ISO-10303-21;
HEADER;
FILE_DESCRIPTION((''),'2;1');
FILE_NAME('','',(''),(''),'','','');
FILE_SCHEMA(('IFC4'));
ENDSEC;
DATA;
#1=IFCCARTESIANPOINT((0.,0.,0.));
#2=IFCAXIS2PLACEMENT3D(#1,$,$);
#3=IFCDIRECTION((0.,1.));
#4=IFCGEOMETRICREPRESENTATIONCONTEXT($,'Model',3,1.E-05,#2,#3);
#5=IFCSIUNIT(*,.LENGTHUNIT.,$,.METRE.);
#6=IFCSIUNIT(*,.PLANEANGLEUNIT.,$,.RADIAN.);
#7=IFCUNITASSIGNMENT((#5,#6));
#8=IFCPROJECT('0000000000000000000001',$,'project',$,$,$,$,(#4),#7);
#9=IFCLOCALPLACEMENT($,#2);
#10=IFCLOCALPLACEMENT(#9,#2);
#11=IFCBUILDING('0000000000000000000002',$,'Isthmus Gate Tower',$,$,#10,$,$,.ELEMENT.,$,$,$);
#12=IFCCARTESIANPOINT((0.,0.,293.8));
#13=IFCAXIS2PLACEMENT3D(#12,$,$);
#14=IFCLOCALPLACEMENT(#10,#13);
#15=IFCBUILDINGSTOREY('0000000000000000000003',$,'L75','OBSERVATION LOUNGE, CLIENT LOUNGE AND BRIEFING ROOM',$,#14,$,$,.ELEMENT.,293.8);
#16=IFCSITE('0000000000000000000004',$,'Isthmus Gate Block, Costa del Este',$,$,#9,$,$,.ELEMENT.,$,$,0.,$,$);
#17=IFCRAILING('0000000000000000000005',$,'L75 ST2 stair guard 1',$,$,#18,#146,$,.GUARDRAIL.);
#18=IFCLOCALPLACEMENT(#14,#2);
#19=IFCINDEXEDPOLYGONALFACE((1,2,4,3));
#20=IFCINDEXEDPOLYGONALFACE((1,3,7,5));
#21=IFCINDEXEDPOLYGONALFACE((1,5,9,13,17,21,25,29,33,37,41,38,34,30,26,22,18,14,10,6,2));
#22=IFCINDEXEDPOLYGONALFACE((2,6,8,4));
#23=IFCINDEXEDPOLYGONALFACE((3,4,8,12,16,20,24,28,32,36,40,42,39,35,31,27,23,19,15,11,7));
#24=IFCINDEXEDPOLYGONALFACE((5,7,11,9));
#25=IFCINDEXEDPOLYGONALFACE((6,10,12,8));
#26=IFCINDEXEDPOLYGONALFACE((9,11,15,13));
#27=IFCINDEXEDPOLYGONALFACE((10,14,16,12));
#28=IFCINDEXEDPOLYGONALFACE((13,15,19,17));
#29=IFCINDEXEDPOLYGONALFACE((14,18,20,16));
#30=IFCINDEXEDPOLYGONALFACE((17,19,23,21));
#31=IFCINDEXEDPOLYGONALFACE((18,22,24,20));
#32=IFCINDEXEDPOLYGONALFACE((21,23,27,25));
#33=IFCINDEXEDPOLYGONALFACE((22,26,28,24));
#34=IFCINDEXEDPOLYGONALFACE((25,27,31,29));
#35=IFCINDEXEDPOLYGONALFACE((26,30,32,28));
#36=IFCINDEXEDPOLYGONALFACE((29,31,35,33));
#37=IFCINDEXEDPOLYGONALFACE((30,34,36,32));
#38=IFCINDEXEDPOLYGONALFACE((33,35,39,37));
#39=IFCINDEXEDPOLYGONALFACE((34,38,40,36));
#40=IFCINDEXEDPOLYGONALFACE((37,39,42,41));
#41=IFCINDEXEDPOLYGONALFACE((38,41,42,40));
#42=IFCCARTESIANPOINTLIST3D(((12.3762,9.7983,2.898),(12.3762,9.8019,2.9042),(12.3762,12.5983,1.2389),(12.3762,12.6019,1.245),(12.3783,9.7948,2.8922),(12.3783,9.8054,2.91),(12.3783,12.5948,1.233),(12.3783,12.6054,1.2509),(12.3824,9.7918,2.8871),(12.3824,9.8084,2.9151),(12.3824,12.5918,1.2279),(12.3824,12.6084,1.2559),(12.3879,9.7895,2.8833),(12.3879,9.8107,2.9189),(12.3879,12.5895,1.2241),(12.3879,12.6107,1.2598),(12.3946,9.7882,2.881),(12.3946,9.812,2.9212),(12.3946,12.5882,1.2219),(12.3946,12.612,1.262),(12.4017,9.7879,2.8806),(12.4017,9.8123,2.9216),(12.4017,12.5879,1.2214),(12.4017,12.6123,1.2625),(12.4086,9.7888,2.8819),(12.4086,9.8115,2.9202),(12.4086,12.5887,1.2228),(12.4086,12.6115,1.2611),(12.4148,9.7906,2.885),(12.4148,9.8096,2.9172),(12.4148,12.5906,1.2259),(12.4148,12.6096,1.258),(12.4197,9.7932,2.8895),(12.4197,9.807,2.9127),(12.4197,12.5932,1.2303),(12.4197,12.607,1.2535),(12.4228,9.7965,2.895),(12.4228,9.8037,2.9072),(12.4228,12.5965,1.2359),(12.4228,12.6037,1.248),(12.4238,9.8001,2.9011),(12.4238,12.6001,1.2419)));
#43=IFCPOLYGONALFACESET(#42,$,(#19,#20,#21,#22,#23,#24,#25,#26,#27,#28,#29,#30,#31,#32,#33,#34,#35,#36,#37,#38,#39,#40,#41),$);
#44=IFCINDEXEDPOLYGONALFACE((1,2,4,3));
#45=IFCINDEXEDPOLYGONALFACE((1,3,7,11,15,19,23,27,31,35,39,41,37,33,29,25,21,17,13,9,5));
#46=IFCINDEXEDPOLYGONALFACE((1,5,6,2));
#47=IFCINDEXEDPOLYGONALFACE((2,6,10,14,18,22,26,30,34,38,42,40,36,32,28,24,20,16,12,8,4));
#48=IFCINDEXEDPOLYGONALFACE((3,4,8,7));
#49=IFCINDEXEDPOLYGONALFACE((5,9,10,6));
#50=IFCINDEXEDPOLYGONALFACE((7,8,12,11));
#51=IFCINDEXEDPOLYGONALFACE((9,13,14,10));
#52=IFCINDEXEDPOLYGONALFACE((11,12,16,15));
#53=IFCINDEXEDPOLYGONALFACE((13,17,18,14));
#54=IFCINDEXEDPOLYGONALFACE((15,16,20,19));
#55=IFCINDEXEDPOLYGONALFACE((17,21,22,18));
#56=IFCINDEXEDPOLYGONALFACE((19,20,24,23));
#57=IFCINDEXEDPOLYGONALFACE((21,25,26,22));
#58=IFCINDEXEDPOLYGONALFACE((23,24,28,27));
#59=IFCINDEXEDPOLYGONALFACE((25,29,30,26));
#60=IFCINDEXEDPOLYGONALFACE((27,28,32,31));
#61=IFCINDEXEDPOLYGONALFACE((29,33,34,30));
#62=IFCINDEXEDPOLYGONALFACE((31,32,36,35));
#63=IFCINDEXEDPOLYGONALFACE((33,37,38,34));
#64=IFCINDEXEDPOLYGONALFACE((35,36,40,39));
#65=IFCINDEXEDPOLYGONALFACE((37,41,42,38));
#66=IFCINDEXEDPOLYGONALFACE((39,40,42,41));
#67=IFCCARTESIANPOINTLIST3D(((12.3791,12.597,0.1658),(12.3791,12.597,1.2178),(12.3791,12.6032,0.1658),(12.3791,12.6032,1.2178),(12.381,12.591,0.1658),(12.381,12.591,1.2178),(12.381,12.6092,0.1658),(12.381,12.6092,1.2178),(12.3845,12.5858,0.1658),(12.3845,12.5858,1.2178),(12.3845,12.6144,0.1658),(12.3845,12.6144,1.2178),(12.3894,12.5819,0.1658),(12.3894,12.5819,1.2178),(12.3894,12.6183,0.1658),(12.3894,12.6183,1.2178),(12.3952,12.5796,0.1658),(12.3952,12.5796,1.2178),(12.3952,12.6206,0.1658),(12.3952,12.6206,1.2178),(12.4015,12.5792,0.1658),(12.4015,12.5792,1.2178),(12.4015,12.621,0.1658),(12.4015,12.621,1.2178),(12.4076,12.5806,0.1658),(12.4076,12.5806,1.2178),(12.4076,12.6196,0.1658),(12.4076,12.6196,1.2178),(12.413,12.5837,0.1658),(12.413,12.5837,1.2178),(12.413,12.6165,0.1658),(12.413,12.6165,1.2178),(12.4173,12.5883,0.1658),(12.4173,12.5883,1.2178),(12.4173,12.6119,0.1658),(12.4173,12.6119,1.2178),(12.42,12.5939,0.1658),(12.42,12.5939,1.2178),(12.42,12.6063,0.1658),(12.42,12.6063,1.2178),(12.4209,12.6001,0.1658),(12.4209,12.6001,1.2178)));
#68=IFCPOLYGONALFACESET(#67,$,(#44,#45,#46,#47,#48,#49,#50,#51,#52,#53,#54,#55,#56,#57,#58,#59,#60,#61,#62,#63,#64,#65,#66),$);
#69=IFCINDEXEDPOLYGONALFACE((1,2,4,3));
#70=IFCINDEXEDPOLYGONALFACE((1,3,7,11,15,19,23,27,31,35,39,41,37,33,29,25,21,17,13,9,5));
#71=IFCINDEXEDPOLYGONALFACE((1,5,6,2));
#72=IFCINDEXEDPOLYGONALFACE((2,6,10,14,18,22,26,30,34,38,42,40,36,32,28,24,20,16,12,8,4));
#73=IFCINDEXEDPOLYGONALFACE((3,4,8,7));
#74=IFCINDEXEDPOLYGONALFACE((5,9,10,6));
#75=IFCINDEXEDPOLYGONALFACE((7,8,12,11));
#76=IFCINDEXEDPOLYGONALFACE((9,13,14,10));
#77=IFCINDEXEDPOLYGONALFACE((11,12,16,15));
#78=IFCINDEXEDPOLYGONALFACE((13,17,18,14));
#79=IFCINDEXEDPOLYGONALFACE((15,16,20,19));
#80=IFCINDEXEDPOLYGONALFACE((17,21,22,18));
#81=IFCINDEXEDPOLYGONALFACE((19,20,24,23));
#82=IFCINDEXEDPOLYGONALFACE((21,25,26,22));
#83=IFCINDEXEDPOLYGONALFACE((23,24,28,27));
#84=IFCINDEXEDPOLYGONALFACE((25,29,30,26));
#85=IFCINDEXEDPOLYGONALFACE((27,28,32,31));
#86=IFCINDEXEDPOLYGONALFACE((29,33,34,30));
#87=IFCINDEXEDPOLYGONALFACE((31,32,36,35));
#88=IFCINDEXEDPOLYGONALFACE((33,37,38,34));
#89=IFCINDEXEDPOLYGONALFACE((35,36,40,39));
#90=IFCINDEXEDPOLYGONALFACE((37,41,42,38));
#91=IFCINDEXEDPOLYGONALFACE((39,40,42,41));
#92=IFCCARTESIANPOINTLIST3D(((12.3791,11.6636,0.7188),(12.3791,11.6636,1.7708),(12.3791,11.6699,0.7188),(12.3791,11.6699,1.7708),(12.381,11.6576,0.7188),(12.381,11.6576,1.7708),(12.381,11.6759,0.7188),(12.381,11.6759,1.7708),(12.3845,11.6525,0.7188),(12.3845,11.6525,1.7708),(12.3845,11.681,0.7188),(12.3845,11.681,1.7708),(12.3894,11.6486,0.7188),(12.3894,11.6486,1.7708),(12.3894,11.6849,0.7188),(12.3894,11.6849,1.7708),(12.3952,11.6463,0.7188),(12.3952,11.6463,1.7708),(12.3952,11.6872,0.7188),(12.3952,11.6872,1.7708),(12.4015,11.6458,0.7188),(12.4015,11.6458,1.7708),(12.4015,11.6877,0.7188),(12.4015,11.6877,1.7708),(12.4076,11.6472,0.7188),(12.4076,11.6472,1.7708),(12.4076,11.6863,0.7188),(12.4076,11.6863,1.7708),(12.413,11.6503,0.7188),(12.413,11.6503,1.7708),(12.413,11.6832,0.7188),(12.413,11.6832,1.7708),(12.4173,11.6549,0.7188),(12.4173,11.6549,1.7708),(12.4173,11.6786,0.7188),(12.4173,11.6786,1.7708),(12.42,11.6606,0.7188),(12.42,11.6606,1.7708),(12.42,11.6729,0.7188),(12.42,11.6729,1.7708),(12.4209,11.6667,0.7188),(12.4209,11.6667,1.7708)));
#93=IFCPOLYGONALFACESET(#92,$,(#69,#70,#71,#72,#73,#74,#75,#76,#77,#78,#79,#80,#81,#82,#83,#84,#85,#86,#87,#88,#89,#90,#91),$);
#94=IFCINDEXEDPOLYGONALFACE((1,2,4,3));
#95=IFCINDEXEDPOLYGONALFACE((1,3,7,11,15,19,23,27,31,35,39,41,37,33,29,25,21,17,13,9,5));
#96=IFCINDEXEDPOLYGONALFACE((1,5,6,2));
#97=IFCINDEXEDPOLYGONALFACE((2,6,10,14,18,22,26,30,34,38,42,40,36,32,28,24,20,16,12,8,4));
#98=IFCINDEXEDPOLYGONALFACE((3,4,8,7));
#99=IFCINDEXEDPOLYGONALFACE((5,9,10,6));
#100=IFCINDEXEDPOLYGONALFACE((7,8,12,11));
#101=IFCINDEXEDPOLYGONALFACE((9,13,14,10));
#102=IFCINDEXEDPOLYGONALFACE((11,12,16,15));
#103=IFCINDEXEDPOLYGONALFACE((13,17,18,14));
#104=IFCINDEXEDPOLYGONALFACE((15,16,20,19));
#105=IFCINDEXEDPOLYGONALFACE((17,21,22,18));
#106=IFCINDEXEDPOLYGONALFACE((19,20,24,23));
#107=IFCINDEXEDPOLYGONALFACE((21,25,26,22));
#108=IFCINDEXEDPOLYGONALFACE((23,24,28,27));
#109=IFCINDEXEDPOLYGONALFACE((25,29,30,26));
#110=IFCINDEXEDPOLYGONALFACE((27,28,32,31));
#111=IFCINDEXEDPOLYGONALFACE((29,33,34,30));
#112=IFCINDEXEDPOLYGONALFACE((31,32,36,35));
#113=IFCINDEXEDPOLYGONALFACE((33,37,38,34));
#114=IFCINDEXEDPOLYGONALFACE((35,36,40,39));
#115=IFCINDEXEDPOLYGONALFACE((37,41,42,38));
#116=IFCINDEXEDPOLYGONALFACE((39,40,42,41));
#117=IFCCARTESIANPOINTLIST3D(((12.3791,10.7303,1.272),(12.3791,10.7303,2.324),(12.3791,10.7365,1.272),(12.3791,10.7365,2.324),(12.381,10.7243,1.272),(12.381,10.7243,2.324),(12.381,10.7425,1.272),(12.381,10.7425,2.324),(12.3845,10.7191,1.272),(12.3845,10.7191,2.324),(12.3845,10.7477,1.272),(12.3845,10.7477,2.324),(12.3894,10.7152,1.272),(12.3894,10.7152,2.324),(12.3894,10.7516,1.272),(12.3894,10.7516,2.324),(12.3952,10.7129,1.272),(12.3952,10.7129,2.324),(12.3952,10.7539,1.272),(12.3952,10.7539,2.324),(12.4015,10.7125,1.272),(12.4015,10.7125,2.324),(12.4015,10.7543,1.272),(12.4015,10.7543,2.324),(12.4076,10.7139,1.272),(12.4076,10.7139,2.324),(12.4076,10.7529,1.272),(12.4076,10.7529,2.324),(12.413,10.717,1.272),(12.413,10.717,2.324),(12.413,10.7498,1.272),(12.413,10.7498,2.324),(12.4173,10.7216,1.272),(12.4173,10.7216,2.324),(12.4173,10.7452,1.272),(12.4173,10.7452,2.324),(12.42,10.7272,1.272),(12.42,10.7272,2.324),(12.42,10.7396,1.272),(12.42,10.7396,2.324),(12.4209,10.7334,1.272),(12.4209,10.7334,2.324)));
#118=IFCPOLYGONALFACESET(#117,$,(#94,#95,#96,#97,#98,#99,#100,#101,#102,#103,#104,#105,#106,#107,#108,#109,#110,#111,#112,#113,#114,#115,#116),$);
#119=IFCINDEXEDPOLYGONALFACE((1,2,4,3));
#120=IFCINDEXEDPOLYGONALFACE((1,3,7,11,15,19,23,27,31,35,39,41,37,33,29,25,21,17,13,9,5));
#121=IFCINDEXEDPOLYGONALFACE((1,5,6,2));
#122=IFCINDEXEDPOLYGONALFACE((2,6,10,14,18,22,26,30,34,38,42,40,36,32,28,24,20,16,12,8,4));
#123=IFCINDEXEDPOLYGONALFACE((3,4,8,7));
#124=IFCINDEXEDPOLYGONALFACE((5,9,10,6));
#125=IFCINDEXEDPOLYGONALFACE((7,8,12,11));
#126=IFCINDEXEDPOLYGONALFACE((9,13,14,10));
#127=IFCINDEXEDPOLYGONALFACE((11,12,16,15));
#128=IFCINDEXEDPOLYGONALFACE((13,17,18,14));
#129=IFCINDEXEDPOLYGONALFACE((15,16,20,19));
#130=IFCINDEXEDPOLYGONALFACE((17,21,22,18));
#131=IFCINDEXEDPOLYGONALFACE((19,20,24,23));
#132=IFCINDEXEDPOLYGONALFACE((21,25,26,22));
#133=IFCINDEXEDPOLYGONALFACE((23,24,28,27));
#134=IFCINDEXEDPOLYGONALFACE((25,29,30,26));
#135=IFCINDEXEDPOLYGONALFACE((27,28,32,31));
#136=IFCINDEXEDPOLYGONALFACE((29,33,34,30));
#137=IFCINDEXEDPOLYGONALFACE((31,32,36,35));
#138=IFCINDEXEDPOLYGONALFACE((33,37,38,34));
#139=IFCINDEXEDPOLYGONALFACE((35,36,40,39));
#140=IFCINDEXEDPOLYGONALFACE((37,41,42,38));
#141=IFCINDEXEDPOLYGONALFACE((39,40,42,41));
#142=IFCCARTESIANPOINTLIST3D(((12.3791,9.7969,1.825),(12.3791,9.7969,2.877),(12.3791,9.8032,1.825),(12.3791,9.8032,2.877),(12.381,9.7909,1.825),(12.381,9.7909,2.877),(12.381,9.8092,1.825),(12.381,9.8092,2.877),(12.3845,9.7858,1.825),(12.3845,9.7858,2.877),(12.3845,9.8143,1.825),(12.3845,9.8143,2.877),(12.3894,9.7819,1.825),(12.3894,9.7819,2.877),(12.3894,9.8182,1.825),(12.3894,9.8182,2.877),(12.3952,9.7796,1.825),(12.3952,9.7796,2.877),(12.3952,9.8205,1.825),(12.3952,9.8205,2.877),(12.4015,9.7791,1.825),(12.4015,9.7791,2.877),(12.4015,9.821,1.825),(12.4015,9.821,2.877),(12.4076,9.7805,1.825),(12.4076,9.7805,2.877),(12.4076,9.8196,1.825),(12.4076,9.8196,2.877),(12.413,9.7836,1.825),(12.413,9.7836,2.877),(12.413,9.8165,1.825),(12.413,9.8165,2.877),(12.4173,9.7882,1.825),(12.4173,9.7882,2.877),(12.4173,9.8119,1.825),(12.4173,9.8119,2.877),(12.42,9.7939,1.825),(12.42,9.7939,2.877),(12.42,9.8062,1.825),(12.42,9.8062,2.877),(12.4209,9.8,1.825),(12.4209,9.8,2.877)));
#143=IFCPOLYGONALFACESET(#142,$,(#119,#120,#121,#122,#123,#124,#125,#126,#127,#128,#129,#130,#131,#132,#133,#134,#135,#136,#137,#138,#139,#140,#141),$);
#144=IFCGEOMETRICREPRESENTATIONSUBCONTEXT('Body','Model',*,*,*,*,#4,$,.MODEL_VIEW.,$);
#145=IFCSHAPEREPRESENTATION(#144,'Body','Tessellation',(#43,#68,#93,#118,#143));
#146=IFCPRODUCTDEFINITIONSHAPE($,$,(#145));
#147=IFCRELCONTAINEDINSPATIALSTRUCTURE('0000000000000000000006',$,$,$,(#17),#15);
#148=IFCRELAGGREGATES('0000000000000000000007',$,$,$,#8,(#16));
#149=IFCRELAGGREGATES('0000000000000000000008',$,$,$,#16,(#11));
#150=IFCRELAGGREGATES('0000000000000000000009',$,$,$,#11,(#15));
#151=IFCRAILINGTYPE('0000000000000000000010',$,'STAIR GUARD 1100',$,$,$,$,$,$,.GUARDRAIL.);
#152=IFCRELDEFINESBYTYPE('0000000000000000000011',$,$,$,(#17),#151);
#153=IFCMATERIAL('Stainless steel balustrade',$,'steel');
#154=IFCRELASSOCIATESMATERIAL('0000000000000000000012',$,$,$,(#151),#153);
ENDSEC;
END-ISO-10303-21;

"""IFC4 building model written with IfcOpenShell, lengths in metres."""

from ifc_helpers import new_model, si_unit, direction, frame, origin, origin_2d, place, context, subcontext, project, spatial, circle, extrude, material, type_object, element, save


model = new_model("IFC4")

# Units and contexts
model_context = context("Model", 3, precision=1e-05, world=origin(), true_north=direction((0.0, 1.0)))
body_context = subcontext(model_context, "Body", "Model", "MODEL_VIEW")
ifc_project = project(units=[si_unit("LENGTHUNIT", "METRE"), si_unit("PLANEANGLEUNIT", "RADIAN")], contexts=[model_context])

# Site, building, storey
site_placement = place(None, origin())
site = spatial("IfcSite", under=ifc_project, at=site_placement, Name="Isthmus Gate Block, Costa del Este", CompositionType="ELEMENT", RefElevation=0.0)
building_placement = place(site_placement, origin())
building = spatial("IfcBuilding", under=site, at=building_placement, Name="Isthmus Gate Tower", CompositionType="ELEMENT")
storey_placement = place(building_placement, frame((0.0, 0.0, 293.8)))
storey = spatial("IfcBuildingStorey", under=building, at=storey_placement, Name="L75", Description="OBSERVATION LOUNGE, CLIENT LOUNGE AND BRIEFING ROOM", CompositionType="ELEMENT", Elevation=293.8)

# Railing
ifc_material_1 = material(Name="Stainless steel balustrade", Category="steel")
railing_type = type_object("IfcRailingType", Name="STAIR GUARD 1100", PredefinedType="GUARDRAIL", material=ifc_material_1)
railing_placement = place(storey_placement, frame((12.3999, 12.6001, 0.1658)))
element("IfcRailing", 1, at=railing_placement, inside=storey, type_object=railing_type, Name="L75 ST2 stair guard 1", PredefinedType="GUARDRAIL", context=body_context, shape_type="SweptSolid", body=[
    extrude(circle(Radius=0.0239, at=origin_2d()), frame((0.0, 0.0, 1.0762), z_axis=(0.0, -0.860306, 0.509778), x_axis=(1.0, 0.0, 0.0)), (0.0, 0.0, 1.0), 3.2546),
    extrude(circle(Radius=0.021, at=origin_2d()), origin(), (0.0, 0.0, 1.0), 1.052),
    extrude(circle(Radius=0.021, at=origin_2d()), frame((0.0, -0.9333, 0.553)), (0.0, 0.0, 1.0), 1.052),
    extrude(circle(Radius=0.021, at=origin_2d()), frame((0.0, -1.8667, 1.1062)), (0.0, 0.0, 1.0), 1.052),
    extrude(circle(Radius=0.021, at=origin_2d()), frame((0.0, -2.8, 1.6592)), (0.0, 0.0, 1.0), 1.052),
])

save(model, "model.ifc")
